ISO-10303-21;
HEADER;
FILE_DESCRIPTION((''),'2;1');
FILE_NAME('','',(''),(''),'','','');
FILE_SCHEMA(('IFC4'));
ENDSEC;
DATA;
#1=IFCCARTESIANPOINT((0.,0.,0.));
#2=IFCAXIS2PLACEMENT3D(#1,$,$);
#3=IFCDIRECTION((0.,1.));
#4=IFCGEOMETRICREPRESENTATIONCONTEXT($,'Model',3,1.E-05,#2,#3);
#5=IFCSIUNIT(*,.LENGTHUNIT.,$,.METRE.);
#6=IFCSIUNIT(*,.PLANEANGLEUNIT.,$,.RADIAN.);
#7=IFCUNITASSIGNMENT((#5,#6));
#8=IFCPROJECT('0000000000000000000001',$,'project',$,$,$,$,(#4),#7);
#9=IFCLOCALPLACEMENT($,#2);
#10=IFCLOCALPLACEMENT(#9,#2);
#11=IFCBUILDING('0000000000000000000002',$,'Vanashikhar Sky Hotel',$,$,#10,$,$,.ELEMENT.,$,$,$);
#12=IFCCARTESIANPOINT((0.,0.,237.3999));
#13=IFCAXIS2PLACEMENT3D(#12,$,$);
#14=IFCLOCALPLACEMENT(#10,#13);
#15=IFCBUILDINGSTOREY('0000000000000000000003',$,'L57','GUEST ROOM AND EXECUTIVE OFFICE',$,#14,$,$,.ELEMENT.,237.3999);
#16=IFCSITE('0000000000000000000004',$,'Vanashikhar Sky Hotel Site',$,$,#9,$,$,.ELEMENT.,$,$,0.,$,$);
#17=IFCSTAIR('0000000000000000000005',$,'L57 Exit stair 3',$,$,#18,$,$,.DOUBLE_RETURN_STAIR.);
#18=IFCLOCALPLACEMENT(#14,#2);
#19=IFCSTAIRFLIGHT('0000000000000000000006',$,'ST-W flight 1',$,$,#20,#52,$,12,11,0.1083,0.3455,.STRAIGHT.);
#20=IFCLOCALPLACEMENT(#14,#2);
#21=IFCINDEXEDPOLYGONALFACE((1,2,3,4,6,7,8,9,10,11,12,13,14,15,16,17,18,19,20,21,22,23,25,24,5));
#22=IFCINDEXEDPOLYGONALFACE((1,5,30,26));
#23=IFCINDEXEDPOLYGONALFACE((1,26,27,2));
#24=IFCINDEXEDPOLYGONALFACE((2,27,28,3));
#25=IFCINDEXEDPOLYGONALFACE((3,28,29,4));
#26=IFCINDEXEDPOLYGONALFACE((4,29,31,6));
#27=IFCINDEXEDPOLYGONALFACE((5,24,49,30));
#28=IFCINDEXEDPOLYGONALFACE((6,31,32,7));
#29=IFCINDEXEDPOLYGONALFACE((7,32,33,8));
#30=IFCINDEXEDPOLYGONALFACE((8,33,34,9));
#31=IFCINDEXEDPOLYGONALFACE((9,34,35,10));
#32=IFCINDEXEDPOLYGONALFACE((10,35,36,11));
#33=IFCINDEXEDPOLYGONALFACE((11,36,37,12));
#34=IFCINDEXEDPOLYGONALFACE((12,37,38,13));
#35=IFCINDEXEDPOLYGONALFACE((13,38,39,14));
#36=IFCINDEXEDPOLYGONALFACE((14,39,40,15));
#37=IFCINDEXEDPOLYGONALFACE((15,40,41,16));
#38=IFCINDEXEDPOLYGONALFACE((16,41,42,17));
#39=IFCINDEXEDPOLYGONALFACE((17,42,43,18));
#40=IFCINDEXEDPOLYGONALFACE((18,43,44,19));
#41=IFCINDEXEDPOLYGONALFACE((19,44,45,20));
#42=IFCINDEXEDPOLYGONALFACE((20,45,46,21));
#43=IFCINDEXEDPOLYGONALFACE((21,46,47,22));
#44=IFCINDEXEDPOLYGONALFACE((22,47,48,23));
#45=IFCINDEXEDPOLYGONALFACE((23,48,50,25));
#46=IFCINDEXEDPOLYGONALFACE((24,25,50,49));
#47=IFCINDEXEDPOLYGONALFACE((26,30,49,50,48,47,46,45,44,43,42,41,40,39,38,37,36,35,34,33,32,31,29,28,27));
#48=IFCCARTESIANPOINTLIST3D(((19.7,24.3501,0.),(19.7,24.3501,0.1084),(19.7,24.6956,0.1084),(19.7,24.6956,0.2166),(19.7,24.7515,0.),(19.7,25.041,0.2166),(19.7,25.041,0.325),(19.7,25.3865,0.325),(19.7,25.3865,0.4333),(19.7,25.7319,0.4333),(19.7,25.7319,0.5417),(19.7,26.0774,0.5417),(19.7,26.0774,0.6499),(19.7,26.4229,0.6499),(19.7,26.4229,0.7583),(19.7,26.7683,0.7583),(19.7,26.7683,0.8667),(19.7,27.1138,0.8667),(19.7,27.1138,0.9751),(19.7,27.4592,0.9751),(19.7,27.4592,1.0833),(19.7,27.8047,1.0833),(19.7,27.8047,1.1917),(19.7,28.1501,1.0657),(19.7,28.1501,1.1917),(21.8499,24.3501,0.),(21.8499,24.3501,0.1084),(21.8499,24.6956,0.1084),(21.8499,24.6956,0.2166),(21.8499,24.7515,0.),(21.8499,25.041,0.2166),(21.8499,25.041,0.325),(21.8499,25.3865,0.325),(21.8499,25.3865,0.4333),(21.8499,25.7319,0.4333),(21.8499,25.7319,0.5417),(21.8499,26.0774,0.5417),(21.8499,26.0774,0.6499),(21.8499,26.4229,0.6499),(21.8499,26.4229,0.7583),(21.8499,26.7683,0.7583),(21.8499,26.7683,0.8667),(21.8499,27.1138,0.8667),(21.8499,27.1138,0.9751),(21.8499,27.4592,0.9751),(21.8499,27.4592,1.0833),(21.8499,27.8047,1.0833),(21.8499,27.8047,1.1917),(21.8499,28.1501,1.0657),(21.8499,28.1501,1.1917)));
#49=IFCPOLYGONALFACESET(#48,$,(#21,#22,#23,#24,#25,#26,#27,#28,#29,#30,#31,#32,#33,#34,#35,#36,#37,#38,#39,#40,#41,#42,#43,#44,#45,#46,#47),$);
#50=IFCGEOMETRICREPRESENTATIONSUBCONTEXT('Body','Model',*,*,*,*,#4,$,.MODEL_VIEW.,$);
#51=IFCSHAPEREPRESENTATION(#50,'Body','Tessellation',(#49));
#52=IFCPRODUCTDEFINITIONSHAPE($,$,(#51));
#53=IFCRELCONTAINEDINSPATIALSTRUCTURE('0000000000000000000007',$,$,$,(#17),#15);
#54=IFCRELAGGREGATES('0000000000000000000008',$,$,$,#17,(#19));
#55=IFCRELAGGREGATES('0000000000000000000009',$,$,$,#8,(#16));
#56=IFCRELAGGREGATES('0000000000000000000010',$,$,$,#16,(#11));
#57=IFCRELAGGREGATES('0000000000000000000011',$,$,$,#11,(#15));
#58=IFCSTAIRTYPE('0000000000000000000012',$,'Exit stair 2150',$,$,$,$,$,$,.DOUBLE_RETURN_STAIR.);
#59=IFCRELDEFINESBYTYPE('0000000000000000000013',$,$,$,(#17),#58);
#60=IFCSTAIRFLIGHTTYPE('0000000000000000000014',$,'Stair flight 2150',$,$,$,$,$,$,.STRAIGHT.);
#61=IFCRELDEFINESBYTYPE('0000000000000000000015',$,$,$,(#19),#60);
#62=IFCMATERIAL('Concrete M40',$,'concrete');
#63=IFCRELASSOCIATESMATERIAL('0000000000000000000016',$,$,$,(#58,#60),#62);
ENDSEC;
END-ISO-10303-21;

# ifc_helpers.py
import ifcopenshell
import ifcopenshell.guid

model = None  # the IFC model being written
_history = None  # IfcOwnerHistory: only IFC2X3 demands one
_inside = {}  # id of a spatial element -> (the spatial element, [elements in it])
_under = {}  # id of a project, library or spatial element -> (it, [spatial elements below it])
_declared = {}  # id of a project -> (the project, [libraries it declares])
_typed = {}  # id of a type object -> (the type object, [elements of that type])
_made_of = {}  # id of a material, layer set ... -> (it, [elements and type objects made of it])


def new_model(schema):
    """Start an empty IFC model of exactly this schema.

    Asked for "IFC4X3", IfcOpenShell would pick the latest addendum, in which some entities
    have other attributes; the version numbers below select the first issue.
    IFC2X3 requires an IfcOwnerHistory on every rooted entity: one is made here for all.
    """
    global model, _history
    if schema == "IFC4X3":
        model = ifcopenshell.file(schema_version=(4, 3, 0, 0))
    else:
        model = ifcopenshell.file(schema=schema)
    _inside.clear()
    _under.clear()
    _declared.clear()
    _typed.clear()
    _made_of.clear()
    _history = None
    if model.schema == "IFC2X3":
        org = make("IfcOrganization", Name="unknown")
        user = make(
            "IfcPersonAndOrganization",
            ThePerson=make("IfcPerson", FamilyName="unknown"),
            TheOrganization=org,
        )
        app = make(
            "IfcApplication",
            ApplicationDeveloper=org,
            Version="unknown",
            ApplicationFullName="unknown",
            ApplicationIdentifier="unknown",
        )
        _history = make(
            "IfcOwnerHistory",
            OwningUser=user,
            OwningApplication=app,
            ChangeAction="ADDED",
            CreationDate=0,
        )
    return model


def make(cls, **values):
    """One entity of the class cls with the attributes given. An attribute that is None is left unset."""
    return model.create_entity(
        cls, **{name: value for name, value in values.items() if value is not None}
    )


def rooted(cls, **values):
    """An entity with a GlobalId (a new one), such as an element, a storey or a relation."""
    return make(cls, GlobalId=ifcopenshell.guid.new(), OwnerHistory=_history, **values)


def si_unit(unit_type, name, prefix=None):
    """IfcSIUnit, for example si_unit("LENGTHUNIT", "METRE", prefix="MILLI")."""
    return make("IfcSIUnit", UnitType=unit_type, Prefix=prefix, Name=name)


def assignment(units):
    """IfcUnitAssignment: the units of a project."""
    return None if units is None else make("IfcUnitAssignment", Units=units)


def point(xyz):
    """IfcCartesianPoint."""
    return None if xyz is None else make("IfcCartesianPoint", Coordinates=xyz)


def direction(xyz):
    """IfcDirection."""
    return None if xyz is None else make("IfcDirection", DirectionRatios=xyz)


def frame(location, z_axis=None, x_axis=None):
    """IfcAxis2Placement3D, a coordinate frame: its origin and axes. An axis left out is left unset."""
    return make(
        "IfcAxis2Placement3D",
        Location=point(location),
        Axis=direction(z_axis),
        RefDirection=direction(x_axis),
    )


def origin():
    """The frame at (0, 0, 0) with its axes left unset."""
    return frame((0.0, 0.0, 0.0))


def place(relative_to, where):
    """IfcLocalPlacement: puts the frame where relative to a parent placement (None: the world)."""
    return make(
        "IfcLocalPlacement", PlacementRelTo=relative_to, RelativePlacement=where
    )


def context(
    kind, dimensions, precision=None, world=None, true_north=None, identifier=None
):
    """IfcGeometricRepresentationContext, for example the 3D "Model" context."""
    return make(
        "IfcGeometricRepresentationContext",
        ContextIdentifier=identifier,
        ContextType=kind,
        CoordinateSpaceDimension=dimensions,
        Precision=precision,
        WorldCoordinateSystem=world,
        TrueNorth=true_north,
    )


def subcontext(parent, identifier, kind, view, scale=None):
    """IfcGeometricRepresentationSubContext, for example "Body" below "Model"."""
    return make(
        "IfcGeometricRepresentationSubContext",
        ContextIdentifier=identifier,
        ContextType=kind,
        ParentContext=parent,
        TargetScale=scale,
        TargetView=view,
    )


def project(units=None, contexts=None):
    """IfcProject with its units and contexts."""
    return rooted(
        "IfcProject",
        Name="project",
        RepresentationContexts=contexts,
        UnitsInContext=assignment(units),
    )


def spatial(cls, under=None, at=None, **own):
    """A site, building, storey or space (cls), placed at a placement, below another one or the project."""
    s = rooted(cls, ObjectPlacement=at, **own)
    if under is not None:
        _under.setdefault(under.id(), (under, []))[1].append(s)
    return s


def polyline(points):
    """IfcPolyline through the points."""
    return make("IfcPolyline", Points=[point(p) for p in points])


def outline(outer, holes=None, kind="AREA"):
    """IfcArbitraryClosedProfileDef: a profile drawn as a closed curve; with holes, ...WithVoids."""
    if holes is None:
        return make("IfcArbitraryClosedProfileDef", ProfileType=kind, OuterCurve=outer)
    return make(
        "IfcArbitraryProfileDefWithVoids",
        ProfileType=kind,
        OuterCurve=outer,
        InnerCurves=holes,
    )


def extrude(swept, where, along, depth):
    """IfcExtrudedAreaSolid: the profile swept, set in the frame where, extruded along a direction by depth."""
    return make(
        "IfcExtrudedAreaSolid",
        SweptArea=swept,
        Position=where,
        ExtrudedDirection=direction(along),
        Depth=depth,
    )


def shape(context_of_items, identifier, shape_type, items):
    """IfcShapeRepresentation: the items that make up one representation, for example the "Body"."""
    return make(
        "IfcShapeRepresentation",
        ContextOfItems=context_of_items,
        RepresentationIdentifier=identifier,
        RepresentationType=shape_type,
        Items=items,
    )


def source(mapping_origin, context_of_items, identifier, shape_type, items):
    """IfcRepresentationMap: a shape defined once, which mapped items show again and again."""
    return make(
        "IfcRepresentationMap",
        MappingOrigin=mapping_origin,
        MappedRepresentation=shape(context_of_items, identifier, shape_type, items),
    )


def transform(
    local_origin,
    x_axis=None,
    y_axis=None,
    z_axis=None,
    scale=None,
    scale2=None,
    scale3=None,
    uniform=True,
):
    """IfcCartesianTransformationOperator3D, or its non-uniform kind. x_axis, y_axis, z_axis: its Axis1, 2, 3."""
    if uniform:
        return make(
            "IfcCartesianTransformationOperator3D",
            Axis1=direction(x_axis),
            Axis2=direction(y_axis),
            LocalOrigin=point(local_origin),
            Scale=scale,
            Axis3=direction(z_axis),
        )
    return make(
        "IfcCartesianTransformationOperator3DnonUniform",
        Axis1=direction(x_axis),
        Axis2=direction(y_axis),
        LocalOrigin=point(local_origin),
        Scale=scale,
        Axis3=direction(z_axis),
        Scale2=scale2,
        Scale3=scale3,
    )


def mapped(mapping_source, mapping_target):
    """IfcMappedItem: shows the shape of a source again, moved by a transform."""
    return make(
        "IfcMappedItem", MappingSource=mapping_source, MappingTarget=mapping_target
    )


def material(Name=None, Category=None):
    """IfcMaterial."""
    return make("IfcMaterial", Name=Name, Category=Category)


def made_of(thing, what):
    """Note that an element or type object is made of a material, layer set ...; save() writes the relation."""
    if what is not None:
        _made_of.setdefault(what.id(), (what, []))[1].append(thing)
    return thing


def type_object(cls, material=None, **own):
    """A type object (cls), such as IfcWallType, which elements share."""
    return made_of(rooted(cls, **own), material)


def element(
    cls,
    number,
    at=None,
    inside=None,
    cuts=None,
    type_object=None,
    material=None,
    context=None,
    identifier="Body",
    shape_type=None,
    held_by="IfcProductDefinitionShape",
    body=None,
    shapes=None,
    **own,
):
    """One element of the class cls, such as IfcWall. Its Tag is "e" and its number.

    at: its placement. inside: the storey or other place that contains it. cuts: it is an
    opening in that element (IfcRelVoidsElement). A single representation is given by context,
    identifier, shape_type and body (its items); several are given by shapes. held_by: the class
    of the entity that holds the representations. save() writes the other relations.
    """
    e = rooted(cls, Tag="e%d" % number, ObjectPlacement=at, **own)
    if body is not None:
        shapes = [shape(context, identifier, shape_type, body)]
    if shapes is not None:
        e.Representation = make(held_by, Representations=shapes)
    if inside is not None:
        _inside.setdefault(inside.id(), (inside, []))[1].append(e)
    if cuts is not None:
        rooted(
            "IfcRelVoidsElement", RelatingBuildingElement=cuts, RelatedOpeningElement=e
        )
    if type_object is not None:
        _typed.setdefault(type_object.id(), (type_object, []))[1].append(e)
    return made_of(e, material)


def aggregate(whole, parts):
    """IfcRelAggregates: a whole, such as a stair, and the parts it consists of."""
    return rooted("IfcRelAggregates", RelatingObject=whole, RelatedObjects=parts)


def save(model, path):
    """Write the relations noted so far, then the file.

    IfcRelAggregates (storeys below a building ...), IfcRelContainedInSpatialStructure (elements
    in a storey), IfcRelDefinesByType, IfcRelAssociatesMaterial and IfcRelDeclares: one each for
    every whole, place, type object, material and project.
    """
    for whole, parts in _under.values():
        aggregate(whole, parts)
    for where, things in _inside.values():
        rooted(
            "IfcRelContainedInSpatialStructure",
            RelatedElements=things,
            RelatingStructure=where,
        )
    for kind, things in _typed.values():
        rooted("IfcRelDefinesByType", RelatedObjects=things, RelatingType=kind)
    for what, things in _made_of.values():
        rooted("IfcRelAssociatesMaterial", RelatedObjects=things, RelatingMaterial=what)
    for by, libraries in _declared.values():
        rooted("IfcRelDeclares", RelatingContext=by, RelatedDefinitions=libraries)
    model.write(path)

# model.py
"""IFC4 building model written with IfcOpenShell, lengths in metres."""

from ifc_helpers import new_model, si_unit, direction, frame, origin, place, context, subcontext, project, spatial, polyline, outline, extrude, source, transform, mapped, material, type_object, element, aggregate, save


model = new_model("IFC4")

# Units and contexts
model_context = context("Model", 3, precision=1e-05, world=origin(), true_north=direction((0.0, 1.0)))
body_context = subcontext(model_context, "Body", "Model", "MODEL_VIEW")
ifc_project = project(units=[si_unit("LENGTHUNIT", "METRE"), si_unit("PLANEANGLEUNIT", "RADIAN")], contexts=[model_context])

# Site, building, storey
site_placement = place(None, origin())
site = spatial("IfcSite", under=ifc_project, at=site_placement, Name="Vanashikhar Sky Hotel Site", CompositionType="ELEMENT", RefElevation=0.0)
building_placement = place(site_placement, origin())
building = spatial("IfcBuilding", under=site, at=building_placement, Name="Vanashikhar Sky Hotel", CompositionType="ELEMENT")
storey_placement = place(building_placement, frame((0.0, 0.0, 237.3999)))
storey = spatial("IfcBuildingStorey", under=building, at=storey_placement, Name="L57", Description="GUEST ROOM AND EXECUTIVE OFFICE", CompositionType="ELEMENT", Elevation=237.3999)

# Stair, stair flight
ifc_material_1 = material(Name="Concrete M40", Category="concrete")
stair_type = type_object("IfcStairType", Name="Exit stair 2150", PredefinedType="DOUBLE_RETURN_STAIR", material=ifc_material_1)
stair_placement = place(storey_placement, origin())
stair = element("IfcStair", 1, at=stair_placement, inside=storey, type_object=stair_type, Name="L57 Exit stair 3", PredefinedType="DOUBLE_RETURN_STAIR")
stair_flight_type = type_object("IfcStairFlightType", Name="Stair flight 2150", PredefinedType="STRAIGHT", material=ifc_material_1)
shared_shape_1 = source(origin(), body_context, "Body", "SweptSolid", [
    extrude(outline(polyline([(0.0, 0.0), (0.0, 0.1084), (0.3455, 0.1084), (0.3455, 0.2166), (0.6909, 0.2166), (0.6909, 0.325), (1.0364, 0.325), (1.0364, 0.4333), (1.3818, 0.4333), (1.3818, 0.5417), (1.7273, 0.5417), (1.7273, 0.6499), (2.0728, 0.6499), (2.0728, 0.7583), (2.4182, 0.7583), (2.4182, 0.8667), (2.7637, 0.8667), (2.7637, 0.9751), (3.1091, 0.9751), (3.1091, 1.0833), (3.4546, 1.0833), (3.4546, 1.1917), (3.8, 1.1917), (3.8, 1.3), (3.8, 1.0657), (0.4014, 0.0), (0.0, 0.0)])), frame((0.0, 1.075, 0.0), z_axis=(0.0, -1.0, 0.0), x_axis=(1.0, 0.0, 0.0)), (0.0, 0.0, 1.0), 2.1499),
])
stair_flight_placement = place(storey_placement, frame((20.7749, 24.3501, 0.0), z_axis=(0.0, 0.0, 1.0), x_axis=(0.0, 1.0, 0.0)))
stair_flight = element("IfcStairFlight", 2, at=stair_flight_placement, type_object=stair_flight_type, Name="ST-W flight 1", NumberOfRisers=12, NumberOfTreads=11, PredefinedType="STRAIGHT", RiserHeight=0.1083, TreadLength=0.3455, context=body_context, shape_type="MappedRepresentation", body=[
    mapped(shared_shape_1, transform((0.0, 0.0, 0.0), scale=1.0)),
])
aggregate(stair, [stair_flight])

save(model, "model.ifc")
